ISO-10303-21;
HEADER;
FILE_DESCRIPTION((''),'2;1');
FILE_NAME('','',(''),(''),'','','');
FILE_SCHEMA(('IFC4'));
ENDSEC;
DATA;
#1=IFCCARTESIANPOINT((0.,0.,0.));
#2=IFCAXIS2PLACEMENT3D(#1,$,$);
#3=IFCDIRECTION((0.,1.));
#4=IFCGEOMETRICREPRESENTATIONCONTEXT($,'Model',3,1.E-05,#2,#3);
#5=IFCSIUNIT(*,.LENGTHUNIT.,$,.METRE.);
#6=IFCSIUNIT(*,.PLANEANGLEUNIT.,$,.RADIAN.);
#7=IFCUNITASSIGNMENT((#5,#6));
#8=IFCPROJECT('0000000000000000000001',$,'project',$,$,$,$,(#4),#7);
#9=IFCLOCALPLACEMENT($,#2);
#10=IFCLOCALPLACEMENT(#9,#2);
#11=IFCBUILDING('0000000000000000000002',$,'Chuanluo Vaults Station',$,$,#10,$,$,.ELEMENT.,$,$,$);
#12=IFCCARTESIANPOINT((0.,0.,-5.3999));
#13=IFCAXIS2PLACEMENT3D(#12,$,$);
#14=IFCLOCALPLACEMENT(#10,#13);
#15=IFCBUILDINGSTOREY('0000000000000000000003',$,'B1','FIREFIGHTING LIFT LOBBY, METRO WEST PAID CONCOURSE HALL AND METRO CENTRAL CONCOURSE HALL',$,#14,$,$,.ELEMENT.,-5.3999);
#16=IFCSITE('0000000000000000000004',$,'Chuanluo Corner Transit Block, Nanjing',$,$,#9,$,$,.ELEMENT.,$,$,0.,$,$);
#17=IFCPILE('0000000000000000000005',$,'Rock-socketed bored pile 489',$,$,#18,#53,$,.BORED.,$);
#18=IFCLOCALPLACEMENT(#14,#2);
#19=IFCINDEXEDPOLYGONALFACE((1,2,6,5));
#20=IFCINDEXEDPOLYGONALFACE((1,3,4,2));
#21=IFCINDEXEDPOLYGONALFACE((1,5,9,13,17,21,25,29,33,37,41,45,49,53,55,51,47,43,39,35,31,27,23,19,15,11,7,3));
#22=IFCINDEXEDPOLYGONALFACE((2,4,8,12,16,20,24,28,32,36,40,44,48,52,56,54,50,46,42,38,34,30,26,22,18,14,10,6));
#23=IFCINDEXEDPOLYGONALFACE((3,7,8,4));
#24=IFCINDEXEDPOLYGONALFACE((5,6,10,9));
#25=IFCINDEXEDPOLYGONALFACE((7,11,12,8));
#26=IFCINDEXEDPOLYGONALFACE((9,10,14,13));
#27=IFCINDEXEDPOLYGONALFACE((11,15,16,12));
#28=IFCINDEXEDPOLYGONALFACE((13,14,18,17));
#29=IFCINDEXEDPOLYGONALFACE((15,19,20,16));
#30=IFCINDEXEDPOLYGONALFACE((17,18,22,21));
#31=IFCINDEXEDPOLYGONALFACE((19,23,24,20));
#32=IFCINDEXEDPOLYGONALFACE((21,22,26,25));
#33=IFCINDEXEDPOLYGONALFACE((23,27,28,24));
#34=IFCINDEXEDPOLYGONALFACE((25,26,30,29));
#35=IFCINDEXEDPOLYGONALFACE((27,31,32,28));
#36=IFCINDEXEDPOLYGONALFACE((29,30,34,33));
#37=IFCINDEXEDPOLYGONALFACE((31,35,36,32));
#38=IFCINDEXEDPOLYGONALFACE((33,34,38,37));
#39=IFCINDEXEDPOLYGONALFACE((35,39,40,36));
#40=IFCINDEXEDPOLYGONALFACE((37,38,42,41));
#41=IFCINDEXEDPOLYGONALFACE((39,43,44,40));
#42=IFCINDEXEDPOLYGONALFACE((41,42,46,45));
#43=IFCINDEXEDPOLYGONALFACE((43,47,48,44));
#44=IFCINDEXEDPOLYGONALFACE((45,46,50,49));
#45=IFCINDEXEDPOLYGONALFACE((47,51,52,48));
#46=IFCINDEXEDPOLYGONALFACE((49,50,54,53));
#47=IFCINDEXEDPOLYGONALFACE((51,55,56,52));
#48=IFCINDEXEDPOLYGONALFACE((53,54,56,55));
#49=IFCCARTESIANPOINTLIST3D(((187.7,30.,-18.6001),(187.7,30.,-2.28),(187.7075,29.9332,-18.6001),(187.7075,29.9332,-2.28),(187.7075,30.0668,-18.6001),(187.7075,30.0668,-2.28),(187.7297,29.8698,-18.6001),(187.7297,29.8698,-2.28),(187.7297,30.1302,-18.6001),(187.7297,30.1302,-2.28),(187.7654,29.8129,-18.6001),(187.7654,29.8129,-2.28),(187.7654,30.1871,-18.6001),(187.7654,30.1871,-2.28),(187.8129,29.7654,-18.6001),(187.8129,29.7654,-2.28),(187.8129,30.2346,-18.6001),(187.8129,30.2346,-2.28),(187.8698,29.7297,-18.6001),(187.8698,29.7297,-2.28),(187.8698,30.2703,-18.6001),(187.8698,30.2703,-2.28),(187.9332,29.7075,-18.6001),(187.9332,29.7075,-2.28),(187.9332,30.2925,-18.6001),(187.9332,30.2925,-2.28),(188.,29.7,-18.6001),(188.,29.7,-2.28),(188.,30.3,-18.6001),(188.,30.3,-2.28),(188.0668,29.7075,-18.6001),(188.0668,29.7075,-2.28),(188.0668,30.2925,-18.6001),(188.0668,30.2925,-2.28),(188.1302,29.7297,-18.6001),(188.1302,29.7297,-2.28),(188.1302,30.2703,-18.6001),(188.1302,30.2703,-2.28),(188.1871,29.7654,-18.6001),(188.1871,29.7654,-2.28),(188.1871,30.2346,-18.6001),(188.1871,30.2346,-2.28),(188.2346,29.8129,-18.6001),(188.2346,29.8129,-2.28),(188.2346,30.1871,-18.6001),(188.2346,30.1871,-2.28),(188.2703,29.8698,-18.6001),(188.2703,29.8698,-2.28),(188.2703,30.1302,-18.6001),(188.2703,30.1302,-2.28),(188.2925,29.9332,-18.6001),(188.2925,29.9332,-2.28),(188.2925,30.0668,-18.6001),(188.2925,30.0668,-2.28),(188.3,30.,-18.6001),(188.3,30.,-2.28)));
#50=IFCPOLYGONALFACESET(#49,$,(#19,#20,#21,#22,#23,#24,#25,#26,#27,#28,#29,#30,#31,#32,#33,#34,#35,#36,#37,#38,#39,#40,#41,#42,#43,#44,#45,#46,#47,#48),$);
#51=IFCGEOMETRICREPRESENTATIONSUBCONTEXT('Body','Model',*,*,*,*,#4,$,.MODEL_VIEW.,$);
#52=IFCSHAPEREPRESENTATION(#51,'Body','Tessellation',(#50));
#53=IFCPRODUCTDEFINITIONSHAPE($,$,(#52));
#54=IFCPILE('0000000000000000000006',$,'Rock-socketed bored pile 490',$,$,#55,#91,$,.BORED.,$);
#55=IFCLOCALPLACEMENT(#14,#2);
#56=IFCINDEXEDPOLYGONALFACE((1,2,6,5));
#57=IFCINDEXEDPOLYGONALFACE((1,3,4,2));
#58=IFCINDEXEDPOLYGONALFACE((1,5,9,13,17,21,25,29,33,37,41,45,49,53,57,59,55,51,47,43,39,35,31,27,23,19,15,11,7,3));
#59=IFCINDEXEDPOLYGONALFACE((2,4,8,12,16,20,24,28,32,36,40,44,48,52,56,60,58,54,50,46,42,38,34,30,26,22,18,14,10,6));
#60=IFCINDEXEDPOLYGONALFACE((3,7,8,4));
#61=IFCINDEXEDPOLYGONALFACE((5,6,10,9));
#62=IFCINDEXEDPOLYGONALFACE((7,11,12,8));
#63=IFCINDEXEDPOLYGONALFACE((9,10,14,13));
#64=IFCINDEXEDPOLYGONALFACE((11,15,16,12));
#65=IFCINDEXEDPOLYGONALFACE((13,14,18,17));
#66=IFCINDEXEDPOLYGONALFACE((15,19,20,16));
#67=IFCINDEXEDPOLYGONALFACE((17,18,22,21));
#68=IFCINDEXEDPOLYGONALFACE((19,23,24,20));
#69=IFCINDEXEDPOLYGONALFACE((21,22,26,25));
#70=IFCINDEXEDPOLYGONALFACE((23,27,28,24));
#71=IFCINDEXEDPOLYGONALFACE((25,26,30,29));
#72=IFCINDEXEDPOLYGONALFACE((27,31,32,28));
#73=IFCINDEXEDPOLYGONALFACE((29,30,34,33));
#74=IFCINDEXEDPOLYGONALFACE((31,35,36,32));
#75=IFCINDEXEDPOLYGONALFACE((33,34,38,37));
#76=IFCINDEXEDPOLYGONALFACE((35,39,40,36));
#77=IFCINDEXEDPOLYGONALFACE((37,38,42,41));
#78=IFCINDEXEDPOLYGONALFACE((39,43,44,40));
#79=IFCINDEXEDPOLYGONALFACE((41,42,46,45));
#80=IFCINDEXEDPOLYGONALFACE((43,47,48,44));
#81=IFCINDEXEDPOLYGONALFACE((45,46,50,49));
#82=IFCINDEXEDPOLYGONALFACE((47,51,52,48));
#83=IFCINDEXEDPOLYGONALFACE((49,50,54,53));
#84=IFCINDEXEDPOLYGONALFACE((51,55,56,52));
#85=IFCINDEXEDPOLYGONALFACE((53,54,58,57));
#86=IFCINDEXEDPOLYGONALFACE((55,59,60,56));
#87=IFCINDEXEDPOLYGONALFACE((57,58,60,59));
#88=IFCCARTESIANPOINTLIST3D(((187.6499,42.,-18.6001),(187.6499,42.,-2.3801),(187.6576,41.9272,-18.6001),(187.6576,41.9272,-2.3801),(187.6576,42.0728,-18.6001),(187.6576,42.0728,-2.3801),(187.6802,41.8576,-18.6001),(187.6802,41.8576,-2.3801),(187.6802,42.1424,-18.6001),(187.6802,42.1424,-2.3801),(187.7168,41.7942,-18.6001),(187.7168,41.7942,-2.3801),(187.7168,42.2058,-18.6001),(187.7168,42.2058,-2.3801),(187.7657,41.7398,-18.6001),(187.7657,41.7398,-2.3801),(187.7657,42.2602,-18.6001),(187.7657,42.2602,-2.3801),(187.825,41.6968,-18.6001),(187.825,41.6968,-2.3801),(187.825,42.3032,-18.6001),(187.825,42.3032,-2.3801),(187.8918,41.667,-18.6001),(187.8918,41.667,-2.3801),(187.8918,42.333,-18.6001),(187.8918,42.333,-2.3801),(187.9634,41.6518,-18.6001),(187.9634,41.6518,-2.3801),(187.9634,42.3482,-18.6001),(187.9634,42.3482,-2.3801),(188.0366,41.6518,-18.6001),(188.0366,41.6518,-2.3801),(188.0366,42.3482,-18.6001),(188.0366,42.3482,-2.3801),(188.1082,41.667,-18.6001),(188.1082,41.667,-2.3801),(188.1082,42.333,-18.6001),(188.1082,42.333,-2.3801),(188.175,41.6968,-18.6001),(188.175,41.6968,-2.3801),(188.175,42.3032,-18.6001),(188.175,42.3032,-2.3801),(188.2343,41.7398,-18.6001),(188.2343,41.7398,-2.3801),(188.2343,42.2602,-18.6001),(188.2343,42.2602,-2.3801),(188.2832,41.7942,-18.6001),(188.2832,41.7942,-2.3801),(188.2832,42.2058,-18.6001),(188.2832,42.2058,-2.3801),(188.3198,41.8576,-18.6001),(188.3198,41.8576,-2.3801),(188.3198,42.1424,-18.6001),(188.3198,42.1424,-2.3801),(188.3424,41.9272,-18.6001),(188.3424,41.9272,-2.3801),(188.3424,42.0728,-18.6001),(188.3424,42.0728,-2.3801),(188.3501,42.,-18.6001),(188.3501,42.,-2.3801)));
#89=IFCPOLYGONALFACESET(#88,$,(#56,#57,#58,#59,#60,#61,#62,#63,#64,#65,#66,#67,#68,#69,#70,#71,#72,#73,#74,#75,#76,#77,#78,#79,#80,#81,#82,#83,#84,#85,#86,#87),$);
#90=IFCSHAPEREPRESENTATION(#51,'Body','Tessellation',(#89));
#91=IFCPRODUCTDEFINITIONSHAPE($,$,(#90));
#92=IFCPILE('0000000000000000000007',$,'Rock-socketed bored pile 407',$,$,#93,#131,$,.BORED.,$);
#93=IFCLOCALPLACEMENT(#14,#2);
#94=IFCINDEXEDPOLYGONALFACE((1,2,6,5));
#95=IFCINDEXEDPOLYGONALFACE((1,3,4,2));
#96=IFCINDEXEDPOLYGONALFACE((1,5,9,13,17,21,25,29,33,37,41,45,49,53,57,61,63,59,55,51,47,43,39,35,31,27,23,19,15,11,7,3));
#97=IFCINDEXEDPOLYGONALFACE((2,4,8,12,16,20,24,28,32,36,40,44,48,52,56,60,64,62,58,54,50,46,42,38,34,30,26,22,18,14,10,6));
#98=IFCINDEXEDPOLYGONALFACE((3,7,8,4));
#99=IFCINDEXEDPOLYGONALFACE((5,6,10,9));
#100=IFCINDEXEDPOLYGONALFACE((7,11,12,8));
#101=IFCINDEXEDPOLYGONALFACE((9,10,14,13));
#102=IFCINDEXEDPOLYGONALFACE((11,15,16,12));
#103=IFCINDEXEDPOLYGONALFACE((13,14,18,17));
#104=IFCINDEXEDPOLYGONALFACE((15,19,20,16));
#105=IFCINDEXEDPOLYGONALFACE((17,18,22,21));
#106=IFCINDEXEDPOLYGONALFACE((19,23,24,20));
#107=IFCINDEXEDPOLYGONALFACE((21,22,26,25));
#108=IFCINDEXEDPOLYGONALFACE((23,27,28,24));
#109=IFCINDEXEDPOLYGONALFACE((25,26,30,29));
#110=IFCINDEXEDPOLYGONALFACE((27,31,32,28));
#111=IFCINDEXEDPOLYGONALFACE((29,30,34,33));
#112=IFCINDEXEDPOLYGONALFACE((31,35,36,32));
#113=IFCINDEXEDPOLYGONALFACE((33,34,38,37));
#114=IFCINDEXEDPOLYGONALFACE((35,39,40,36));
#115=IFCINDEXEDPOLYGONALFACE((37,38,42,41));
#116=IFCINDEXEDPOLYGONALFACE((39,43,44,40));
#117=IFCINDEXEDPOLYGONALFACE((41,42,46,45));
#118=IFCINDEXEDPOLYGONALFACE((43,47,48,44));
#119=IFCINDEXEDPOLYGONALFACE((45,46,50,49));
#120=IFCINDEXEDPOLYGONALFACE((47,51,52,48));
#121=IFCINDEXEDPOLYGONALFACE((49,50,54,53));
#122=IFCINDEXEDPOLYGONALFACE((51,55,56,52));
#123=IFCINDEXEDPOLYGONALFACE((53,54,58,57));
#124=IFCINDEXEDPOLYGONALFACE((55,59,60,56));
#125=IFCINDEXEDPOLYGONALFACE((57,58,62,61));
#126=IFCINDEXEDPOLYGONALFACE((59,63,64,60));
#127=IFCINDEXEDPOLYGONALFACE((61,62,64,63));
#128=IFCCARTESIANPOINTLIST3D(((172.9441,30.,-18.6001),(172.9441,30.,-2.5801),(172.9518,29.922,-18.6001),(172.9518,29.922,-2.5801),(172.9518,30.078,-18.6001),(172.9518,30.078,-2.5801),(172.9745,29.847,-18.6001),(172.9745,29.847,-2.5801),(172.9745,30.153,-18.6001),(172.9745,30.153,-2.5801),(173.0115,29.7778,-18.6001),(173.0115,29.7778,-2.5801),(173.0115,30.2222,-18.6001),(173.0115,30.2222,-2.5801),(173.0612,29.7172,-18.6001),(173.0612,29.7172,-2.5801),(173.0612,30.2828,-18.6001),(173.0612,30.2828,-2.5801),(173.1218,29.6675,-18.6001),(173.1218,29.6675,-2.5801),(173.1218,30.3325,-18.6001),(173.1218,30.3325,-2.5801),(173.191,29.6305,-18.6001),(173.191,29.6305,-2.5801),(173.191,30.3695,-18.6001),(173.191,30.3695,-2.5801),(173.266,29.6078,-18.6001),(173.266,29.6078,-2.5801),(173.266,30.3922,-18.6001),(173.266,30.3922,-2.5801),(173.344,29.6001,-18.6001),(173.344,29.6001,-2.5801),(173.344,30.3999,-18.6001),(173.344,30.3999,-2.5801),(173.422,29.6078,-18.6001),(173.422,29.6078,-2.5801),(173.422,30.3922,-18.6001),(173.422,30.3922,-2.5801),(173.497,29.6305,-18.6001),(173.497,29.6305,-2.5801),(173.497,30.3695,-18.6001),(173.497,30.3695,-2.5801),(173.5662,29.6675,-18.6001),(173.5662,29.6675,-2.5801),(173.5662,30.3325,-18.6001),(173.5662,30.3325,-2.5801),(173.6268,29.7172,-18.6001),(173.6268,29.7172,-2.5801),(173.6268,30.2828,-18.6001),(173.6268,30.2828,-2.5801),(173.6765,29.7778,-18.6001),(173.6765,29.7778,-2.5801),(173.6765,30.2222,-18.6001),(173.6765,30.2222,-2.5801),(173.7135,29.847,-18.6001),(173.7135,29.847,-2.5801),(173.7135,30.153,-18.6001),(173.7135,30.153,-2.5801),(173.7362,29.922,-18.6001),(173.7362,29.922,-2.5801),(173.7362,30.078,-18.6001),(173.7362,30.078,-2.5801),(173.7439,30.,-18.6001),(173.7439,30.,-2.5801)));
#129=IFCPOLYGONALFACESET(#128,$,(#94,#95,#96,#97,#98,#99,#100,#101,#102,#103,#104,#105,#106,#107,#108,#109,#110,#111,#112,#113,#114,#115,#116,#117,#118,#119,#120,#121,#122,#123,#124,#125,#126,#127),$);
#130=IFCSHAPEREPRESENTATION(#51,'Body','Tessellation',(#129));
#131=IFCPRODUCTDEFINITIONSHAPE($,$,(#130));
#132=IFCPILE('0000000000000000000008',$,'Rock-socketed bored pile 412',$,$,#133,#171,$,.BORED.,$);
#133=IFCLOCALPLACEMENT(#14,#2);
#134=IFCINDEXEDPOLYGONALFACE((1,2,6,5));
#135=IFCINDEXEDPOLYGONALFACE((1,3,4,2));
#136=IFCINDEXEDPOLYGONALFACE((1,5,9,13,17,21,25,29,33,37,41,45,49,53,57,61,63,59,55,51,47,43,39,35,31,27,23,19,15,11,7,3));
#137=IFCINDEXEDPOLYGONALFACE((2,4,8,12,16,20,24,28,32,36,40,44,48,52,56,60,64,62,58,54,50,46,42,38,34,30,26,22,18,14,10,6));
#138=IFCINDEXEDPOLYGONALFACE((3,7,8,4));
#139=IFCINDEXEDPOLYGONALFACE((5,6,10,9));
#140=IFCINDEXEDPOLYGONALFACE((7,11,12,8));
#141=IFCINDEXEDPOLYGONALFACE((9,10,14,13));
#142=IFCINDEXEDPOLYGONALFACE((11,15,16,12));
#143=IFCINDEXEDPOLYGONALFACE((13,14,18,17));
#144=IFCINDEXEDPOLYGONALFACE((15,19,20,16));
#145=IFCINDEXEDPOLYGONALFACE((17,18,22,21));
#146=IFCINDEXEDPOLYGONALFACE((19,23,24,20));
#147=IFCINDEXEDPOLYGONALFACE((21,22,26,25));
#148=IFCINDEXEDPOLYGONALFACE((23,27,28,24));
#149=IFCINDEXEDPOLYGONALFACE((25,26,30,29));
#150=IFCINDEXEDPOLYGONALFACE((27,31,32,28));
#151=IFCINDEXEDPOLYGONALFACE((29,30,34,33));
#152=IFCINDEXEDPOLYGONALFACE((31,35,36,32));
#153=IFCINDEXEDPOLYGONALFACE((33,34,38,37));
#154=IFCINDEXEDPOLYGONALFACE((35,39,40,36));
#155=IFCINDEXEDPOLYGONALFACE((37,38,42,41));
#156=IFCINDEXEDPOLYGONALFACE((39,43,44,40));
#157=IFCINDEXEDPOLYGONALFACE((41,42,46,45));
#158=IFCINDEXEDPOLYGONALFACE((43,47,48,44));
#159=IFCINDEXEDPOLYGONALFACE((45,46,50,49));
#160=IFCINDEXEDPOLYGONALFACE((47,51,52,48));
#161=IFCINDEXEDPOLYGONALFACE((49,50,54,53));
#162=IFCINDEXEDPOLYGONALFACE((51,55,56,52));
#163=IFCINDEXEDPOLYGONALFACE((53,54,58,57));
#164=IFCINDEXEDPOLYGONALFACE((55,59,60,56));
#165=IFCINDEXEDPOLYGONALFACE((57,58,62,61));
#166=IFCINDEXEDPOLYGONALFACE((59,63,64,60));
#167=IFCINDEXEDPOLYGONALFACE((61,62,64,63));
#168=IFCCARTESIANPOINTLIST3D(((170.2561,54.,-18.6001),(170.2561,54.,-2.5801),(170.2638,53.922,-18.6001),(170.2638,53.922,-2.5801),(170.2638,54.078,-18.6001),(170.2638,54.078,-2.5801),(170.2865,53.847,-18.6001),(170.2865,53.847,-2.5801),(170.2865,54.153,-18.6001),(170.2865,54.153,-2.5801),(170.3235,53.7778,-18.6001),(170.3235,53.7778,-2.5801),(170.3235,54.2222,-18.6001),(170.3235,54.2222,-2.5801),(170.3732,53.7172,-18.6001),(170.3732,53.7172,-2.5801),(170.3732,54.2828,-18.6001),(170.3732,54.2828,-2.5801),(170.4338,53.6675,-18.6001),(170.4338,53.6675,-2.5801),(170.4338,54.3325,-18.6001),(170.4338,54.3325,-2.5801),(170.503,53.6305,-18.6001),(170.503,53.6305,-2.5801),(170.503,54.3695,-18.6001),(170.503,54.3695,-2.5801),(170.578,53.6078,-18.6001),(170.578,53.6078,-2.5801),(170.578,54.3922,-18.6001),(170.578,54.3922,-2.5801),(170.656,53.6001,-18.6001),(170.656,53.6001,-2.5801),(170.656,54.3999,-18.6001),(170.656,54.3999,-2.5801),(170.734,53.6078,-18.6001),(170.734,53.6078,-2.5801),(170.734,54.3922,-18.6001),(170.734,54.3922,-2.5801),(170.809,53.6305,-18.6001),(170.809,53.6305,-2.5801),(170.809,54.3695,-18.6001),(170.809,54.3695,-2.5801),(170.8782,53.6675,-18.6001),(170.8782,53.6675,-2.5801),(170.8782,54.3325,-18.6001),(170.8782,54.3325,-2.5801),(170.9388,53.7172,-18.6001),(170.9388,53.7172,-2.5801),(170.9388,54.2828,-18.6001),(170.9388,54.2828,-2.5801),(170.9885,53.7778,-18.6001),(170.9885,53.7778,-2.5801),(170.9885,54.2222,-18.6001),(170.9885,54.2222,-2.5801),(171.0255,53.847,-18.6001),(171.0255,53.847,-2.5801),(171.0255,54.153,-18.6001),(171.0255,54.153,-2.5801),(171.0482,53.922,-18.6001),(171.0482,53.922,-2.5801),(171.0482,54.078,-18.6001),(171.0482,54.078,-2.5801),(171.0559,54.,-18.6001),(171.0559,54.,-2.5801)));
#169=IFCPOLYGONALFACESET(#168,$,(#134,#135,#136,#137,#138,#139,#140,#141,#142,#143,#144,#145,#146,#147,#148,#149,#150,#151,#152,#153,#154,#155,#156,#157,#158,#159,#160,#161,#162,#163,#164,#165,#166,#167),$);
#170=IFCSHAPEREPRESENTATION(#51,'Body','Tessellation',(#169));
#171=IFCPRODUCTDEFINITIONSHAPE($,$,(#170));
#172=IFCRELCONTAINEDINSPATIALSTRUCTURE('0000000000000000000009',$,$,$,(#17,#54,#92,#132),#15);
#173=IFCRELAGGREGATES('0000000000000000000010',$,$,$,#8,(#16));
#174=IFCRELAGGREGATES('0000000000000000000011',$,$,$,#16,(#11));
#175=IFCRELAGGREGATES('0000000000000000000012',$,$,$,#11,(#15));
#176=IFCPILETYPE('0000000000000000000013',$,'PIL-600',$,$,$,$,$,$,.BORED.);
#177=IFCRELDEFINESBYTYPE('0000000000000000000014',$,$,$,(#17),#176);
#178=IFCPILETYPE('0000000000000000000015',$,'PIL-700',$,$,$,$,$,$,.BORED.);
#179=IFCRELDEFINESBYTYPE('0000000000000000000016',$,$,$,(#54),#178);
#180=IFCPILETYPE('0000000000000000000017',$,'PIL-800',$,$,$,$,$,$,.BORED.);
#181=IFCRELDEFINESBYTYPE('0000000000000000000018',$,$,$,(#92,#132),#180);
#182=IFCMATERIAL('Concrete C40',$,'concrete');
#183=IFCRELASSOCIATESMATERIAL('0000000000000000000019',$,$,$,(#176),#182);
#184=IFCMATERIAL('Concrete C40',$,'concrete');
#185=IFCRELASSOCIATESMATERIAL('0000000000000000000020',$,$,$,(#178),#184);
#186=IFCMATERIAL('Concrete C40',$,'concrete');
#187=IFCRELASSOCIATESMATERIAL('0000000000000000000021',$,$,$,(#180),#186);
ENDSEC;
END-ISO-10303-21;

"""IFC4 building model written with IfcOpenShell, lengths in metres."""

from ifc_helpers import new_model, si_unit, direction, frame, origin, origin_2d, place, context, subcontext, project, spatial, circle, extrude, material, material_profile, profile_set, type_object, element, save


model = new_model("IFC4")

# Units and contexts
model_context = context("Model", 3, precision=1e-05, world=origin(), true_north=direction((0.0, 1.0)))
body_context = subcontext(model_context, "Body", "Model", "MODEL_VIEW")
ifc_project = project(units=[si_unit("LENGTHUNIT", "METRE"), si_unit("PLANEANGLEUNIT", "RADIAN")], contexts=[model_context])

# Site, building, storey
site_placement = place(None, origin())
site = spatial("IfcSite", under=ifc_project, at=site_placement, Name="Chuanluo Corner Transit Block, Nanjing", CompositionType="ELEMENT", RefElevation=0.0)
building_placement = place(site_placement, origin())
building = spatial("IfcBuilding", under=site, at=building_placement, Name="Chuanluo Vaults Station", CompositionType="ELEMENT")
storey_placement = place(building_placement, frame((0.0, 0.0, -5.3999)))
storey = spatial("IfcBuildingStorey", under=building, at=storey_placement, Name="B1", Description="FIREFIGHTING LIFT LOBBY, METRO WEST PAID CONCOURSE HALL AND METRO CENTRAL CONCOURSE HALL", CompositionType="ELEMENT", Elevation=-5.3999)

# Piles
ifc_material_1 = material(Name="Concrete C40", Category="concrete")
ifc_material_profile_1 = material_profile(ifc_material_1, circle(Radius=0.3, at=origin_2d()))
ifc_profile_set_1 = profile_set([ifc_material_profile_1], Name="Concrete C40")
pile_type_1 = type_object("IfcPileType", Name="PIL-600", PredefinedType="BORED", material=ifc_profile_set_1)
pile_1_placement = place(storey_placement, frame((188.0, 30.0, -2.28), z_axis=(0.0, 0.0, -1.0), x_axis=(1.0, 0.0, 0.0)))
element("IfcPile", 1, at=pile_1_placement, inside=storey, type_object=pile_type_1, Name="Rock-socketed bored pile 489", PredefinedType="BORED", context=body_context, shape_type="SweptSolid", body=[
    extrude(circle(Radius=0.3, at=origin_2d()), origin(), (0.0, 0.0, 1.0), 16.3201),
])
ifc_material_2 = material(Name="Concrete C40", Category="concrete")
ifc_material_profile_2 = material_profile(ifc_material_2, circle(Radius=0.3501, at=origin_2d()))
ifc_profile_set_2 = profile_set([ifc_material_profile_2], Name="Concrete C40")
pile_type_2 = type_object("IfcPileType", Name="PIL-700", PredefinedType="BORED", material=ifc_profile_set_2)
pile_2_placement = place(storey_placement, frame((188.0, 42.0, -2.3801), z_axis=(0.0, 0.0, -1.0), x_axis=(1.0, 0.0, 0.0)))
element("IfcPile", 2, at=pile_2_placement, inside=storey, type_object=pile_type_2, Name="Rock-socketed bored pile 490", PredefinedType="BORED", context=body_context, shape_type="SweptSolid", body=[
    extrude(circle(Radius=0.3501, at=origin_2d()), origin(), (0.0, 0.0, 1.0), 16.22),
])
ifc_material_3 = material(Name="Concrete C40", Category="concrete")
ifc_material_profile_3 = material_profile(ifc_material_3, circle(Radius=0.3999, at=origin_2d()))
ifc_profile_set_3 = profile_set([ifc_material_profile_3], Name="Concrete C40")
pile_type_3 = type_object("IfcPileType", Name="PIL-800", PredefinedType="BORED", material=ifc_profile_set_3)
for number, where, z_axis, x_axis, name in (
    (3, (173.344, 30.0, -2.5801), (0.0, 0.0, -1.0), (1.0, 0.0, 0.0), "Rock-socketed bored pile 407"),
    (4, (170.656, 54.0, -2.5801), (0.0, 0.0, -1.0), (1.0, 0.0, 0.0), "Rock-socketed bored pile 412"),
):
    element("IfcPile", number, at=place(storey_placement, frame(where, z_axis=z_axis, x_axis=x_axis)), inside=storey, type_object=pile_type_3, Name=name, PredefinedType="BORED", context=body_context, shape_type="SweptSolid", body=[
        extrude(circle(Radius=0.3999, at=origin_2d()), origin(), (0.0, 0.0, 1.0), 16.02),
    ])

save(model, "model.ifc")
